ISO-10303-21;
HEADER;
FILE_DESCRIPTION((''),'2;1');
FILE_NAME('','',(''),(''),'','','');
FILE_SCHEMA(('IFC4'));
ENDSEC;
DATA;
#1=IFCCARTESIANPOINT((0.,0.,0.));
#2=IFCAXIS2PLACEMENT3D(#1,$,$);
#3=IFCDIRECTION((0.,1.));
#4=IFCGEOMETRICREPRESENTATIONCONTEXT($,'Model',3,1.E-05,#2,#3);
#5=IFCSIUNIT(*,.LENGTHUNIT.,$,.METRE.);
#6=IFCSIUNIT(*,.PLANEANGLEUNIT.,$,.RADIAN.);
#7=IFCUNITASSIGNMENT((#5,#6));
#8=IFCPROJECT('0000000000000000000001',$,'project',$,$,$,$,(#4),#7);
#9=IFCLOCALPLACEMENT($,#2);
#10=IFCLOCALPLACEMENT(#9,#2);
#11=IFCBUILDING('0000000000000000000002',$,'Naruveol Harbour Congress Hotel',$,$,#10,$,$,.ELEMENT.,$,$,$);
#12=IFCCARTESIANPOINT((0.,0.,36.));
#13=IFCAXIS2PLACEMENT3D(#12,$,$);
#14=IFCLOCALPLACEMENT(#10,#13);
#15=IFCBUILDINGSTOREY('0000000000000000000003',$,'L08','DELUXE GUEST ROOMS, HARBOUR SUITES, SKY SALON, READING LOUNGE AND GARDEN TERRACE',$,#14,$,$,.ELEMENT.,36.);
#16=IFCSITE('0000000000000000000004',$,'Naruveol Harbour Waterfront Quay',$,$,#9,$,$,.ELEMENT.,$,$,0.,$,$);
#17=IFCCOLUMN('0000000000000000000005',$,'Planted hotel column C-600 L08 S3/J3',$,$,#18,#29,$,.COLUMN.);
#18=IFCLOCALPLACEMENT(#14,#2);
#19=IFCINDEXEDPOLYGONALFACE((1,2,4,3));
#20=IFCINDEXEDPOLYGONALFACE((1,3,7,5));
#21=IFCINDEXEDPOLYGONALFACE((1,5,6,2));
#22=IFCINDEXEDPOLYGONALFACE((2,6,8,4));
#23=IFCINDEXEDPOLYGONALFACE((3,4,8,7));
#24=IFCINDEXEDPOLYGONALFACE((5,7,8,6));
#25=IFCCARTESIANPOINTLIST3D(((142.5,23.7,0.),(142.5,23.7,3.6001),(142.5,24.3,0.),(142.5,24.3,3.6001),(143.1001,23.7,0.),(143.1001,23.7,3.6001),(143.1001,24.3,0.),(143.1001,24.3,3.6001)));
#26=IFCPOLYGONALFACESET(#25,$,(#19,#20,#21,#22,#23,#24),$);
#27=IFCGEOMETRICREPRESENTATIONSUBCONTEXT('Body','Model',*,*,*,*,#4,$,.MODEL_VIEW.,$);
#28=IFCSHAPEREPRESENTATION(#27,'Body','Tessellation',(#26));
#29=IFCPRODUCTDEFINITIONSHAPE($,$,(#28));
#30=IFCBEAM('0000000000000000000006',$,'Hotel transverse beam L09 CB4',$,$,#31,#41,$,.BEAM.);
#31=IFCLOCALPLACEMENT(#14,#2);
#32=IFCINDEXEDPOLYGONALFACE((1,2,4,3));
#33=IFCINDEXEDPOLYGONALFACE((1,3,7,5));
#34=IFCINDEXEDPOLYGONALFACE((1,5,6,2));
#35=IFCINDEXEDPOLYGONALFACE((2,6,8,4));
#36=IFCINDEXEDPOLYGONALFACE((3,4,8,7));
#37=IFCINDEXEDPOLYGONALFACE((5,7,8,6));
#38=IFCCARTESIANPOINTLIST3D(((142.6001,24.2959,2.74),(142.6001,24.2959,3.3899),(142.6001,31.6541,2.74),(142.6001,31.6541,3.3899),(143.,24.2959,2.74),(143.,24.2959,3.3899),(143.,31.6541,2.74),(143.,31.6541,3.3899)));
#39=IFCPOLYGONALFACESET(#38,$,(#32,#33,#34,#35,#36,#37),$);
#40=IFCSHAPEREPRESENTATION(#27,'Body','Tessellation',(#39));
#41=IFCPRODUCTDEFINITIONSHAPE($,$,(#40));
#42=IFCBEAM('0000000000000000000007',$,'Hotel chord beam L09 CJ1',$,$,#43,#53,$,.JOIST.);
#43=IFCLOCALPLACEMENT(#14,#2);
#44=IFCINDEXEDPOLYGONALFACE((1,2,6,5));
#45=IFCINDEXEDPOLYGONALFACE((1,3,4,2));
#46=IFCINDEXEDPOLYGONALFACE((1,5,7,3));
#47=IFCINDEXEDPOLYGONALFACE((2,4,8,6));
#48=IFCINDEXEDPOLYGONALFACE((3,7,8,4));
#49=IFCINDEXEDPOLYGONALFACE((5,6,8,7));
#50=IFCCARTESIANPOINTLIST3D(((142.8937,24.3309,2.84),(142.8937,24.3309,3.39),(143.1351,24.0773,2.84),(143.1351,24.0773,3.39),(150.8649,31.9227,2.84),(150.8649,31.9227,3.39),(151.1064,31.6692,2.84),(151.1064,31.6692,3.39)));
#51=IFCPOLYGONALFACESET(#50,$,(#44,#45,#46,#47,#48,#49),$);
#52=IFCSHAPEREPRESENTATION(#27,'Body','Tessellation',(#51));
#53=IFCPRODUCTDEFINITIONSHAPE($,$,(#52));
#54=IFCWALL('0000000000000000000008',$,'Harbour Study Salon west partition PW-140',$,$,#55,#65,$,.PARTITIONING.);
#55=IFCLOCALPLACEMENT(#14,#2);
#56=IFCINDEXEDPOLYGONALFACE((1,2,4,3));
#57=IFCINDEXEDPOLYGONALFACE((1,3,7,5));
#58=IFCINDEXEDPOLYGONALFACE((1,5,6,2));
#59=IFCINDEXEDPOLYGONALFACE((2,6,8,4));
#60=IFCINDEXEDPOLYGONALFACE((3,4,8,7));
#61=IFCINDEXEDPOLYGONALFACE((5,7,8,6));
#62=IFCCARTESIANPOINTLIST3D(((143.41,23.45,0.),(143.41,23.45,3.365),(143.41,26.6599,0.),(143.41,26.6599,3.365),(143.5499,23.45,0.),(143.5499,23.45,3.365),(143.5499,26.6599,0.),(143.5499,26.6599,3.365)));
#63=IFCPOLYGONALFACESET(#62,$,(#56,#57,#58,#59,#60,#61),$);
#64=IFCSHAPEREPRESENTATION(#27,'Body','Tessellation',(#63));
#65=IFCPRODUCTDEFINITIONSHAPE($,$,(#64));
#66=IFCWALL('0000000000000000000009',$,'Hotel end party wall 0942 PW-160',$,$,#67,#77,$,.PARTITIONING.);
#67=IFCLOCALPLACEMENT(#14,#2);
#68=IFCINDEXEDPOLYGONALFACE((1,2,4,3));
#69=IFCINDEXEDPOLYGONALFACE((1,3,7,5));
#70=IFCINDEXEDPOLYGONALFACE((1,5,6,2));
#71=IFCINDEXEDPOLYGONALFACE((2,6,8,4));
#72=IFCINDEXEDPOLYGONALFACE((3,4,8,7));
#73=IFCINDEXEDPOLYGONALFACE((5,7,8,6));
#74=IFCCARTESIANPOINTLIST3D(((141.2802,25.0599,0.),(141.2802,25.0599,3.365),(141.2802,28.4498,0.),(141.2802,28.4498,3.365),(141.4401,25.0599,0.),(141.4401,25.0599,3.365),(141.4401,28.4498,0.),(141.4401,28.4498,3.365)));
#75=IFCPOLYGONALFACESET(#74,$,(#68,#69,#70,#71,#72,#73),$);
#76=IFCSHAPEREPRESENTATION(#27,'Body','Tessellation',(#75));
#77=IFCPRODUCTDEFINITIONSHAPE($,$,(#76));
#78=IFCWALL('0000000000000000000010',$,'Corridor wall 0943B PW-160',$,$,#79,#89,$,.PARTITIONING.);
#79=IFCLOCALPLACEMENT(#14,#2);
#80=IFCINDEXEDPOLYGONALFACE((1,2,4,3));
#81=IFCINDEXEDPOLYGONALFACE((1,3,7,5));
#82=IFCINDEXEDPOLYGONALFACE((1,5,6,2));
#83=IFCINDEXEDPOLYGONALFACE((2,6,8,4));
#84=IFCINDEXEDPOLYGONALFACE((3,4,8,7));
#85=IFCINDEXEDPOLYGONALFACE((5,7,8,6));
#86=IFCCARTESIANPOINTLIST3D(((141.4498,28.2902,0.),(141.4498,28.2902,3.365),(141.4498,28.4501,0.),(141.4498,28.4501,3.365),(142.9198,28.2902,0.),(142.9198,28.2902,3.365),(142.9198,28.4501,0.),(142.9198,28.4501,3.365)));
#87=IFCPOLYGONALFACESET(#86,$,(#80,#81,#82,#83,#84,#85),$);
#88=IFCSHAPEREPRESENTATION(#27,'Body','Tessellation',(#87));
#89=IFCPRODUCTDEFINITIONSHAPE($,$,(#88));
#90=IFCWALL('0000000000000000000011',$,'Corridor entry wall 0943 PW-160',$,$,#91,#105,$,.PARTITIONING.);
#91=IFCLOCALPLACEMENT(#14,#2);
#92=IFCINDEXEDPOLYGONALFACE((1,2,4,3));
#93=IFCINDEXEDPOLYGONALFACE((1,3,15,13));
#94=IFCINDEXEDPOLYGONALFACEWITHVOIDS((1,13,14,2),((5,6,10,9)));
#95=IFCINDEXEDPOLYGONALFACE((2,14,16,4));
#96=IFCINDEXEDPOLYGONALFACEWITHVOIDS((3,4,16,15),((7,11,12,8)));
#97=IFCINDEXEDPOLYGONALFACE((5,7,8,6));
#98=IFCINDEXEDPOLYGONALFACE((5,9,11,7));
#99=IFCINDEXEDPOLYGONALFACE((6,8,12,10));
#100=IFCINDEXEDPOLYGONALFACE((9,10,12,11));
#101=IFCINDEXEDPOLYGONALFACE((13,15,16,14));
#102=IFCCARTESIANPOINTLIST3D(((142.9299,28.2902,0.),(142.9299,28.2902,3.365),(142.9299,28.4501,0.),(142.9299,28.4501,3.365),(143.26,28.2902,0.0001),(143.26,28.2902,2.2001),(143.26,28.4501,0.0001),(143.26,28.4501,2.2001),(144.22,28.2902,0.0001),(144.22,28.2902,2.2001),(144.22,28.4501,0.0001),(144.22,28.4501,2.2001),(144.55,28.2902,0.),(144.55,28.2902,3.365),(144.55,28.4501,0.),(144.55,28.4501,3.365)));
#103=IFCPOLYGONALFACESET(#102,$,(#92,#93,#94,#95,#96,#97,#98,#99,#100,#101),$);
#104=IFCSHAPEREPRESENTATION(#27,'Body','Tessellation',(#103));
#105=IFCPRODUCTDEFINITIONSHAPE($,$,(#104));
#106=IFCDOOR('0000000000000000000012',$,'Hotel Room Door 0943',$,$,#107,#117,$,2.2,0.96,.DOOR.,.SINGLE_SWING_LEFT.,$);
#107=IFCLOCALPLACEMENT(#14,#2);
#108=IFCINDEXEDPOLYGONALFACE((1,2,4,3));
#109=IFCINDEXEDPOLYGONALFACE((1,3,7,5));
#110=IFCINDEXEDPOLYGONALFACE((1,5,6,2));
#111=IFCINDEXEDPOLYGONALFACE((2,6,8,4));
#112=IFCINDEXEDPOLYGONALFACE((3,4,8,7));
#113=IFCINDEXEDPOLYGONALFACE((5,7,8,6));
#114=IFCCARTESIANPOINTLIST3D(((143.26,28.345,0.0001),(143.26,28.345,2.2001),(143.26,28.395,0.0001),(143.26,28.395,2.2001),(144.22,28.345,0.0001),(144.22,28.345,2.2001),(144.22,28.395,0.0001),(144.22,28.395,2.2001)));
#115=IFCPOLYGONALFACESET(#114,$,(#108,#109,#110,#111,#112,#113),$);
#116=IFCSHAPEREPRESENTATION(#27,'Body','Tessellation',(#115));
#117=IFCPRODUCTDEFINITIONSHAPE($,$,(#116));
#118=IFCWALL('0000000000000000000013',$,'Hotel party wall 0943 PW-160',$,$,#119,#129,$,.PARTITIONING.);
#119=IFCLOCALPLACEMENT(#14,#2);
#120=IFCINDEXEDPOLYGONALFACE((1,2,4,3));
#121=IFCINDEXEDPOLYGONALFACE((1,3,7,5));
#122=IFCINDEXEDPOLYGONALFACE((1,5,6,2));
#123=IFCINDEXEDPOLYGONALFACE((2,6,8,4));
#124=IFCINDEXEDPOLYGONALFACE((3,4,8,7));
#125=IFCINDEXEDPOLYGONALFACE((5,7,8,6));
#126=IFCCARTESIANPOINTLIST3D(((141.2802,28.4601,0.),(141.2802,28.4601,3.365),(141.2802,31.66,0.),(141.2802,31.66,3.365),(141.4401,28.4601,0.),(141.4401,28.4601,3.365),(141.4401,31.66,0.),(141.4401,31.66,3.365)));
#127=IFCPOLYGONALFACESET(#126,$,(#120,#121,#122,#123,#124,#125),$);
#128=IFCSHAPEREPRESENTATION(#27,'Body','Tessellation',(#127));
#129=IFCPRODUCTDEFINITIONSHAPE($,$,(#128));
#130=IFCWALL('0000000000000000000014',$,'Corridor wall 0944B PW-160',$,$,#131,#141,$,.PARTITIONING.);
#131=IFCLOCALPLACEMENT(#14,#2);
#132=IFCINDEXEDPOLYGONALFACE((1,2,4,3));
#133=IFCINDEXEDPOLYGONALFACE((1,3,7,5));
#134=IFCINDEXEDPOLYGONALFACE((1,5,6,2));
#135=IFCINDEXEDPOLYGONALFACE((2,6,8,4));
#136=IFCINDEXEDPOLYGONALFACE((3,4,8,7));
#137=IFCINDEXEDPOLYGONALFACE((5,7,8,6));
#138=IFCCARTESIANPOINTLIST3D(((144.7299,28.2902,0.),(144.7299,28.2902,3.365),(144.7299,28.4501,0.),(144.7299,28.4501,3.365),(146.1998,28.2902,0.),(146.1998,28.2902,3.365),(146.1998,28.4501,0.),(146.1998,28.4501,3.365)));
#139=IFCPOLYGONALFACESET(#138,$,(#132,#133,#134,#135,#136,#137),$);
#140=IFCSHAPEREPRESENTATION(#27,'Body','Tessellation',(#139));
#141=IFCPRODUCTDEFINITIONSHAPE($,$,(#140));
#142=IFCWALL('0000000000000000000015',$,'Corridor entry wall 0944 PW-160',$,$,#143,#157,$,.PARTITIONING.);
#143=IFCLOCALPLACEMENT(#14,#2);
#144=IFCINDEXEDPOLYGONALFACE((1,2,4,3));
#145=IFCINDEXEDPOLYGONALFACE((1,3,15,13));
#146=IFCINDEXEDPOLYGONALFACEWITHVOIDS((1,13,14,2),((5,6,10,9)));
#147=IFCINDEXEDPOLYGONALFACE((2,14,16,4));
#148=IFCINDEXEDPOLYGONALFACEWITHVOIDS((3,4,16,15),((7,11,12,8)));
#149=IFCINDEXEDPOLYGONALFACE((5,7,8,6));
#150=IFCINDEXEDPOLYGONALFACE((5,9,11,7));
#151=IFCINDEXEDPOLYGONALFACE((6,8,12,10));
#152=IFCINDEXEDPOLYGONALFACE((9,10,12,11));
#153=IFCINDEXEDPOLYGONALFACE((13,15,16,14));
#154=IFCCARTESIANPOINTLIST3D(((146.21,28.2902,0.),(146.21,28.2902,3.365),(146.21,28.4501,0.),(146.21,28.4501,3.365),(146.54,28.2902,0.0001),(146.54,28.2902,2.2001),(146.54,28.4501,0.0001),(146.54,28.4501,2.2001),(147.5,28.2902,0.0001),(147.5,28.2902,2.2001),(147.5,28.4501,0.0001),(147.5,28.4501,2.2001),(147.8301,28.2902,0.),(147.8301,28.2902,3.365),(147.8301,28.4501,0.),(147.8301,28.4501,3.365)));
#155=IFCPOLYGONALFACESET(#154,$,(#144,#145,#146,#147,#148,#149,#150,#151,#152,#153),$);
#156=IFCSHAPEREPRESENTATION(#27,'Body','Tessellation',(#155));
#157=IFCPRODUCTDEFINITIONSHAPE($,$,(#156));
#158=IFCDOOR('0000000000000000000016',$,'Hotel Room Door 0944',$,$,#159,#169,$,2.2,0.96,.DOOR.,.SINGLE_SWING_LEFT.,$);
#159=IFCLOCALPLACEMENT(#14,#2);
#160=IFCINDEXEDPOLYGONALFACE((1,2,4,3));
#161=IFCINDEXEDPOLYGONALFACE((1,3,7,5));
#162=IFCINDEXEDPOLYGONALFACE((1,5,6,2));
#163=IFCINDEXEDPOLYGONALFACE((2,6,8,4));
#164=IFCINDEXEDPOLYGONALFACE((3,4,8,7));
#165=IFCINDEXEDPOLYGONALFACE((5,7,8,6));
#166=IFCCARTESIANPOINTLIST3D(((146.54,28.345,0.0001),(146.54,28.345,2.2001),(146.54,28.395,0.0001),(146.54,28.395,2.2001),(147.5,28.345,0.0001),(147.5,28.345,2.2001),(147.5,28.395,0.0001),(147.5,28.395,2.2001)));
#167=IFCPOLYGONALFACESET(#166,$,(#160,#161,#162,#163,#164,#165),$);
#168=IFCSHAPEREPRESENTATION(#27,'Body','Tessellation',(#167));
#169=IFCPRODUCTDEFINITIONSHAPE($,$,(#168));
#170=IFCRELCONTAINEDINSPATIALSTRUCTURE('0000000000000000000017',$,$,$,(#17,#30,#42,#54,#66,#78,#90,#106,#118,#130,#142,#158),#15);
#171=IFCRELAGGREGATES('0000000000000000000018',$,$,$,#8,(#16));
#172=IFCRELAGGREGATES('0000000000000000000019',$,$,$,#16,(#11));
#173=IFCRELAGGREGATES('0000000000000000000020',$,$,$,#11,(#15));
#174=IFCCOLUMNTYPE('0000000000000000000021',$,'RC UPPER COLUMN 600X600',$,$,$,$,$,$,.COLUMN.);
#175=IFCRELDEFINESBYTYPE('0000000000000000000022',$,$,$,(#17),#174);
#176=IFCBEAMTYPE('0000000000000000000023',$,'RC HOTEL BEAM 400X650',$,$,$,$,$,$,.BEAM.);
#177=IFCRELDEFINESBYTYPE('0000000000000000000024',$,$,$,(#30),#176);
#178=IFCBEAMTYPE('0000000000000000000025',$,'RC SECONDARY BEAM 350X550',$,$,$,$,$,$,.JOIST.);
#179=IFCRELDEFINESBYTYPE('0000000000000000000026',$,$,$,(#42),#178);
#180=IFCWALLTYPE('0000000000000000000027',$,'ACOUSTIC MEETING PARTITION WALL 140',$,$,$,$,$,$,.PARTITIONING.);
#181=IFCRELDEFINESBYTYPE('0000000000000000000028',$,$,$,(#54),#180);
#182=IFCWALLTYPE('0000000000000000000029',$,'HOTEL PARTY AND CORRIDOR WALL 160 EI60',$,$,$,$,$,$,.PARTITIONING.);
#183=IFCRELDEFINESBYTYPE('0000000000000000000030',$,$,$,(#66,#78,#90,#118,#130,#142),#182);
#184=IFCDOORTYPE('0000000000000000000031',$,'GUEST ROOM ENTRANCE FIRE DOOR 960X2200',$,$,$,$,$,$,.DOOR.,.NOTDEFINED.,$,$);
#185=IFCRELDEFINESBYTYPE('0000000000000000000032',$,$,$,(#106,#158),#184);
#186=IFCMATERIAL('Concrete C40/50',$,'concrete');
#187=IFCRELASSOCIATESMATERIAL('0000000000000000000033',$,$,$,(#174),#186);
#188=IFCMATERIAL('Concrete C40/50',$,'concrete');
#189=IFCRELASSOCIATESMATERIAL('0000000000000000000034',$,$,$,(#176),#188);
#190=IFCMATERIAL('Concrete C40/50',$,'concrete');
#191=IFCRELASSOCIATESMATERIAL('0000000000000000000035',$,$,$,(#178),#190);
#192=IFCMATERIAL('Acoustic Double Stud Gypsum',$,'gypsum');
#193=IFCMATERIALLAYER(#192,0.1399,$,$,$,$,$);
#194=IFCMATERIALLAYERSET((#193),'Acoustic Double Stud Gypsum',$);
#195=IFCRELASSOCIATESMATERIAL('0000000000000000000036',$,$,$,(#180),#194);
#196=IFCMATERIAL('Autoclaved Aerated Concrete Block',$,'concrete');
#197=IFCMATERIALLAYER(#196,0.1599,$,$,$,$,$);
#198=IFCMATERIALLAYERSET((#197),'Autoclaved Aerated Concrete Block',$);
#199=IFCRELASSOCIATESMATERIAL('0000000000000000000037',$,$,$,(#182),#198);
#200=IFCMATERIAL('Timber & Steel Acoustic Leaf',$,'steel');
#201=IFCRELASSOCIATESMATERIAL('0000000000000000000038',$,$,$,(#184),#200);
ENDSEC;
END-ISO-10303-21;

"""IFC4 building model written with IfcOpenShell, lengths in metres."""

from ifc_helpers import new_model, si_unit, direction, frame, frame_2d, origin, origin_2d, place, context, subcontext, project, spatial, rectangle, extrude, material, layer, layer_set, material_profile, profile_set, type_object, element, fill, save


model = new_model("IFC4")

# Units and contexts
model_context = context("Model", 3, precision=1e-05, world=origin(), true_north=direction((0.0, 1.0)))
body_context = subcontext(model_context, "Body", "Model", "MODEL_VIEW")
ifc_project = project(units=[si_unit("LENGTHUNIT", "METRE"), si_unit("PLANEANGLEUNIT", "RADIAN")], contexts=[model_context])

# Site, building, storey
site_placement = place(None, origin())
site = spatial("IfcSite", under=ifc_project, at=site_placement, Name="Naruveol Harbour Waterfront Quay", CompositionType="ELEMENT", RefElevation=0.0)
building_placement = place(site_placement, origin())
building = spatial("IfcBuilding", under=site, at=building_placement, Name="Naruveol Harbour Congress Hotel", CompositionType="ELEMENT")
storey_placement = place(building_placement, frame((0.0, 0.0, 36.0)))
storey = spatial("IfcBuildingStorey", under=building, at=storey_placement, Name="L08", Description="DELUXE GUEST ROOMS, HARBOUR SUITES, SKY SALON, READING LOUNGE AND GARDEN TERRACE", CompositionType="ELEMENT", Elevation=36.0)

# Column
ifc_material_1 = material(Name="Concrete C40/50", Category="concrete")
ifc_material_profile_1 = material_profile(ifc_material_1, rectangle(XDim=0.6001, YDim=0.6001, at=origin_2d()), Name="RC-600x600")
ifc_profile_set_1 = profile_set([ifc_material_profile_1], Name="Concrete C40/50")
column_type = type_object("IfcColumnType", Name="RC UPPER COLUMN 600X600", PredefinedType="COLUMN", material=ifc_profile_set_1)
column_placement = place(storey_placement, frame((142.8, 24.0, 0.0), z_axis=(0.0, 0.0, 1.0), x_axis=(1.0, 0.0, 0.0)))
element("IfcColumn", 1, at=column_placement, inside=storey, type_object=column_type, Name="Planted hotel column C-600 L08 S3/J3", PredefinedType="COLUMN", context=body_context, shape_type="SweptSolid", body=[
    extrude(rectangle(XDim=0.6001, YDim=0.6001, at=origin_2d()), origin(), (0.0, 0.0, 1.0), 3.6001),
])

# Beams
ifc_material_2 = material(Name="Concrete C40/50", Category="concrete")
ifc_material_profile_2 = material_profile(ifc_material_2, rectangle(XDim=0.3999, YDim=0.6499, at=origin_2d()), Name="RCB-400x650")
ifc_profile_set_2 = profile_set([ifc_material_profile_2], Name="Concrete C40/50")
beam_type_1 = type_object("IfcBeamType", Name="RC HOTEL BEAM 400X650", PredefinedType="BEAM", material=ifc_profile_set_2)
beam_1_placement = place(storey_placement, frame((142.8, 24.2959, 3.0649), z_axis=(0.0, 1.0, 0.0), x_axis=(-1.0, 0.0, 0.0)))
element("IfcBeam", 2, at=beam_1_placement, inside=storey, type_object=beam_type_1, Name="Hotel transverse beam L09 CB4", PredefinedType="BEAM", context=body_context, shape_type="SweptSolid", body=[
    extrude(rectangle(XDim=0.3999, YDim=0.6499, at=origin_2d()), origin(), (0.0, 0.0, 1.0), 7.3582),
])
ifc_material_3 = material(Name="Concrete C40/50", Category="concrete")
ifc_material_profile_3 = material_profile(ifc_material_3, rectangle(XDim=0.3501, YDim=0.55, at=origin_2d()), Name="RCB-350x550")
ifc_profile_set_3 = profile_set([ifc_material_profile_3], Name="Concrete C40/50")
beam_type_2 = type_object("IfcBeamType", Name="RC SECONDARY BEAM 350X550", PredefinedType="JOIST", material=ifc_profile_set_3)
beam_2_placement = place(storey_placement, frame((143.0144, 24.2041, 3.115), z_axis=(0.724129, 0.689664, 0.0), x_axis=(-0.689664, 0.724129, 0.0)))
element("IfcBeam", 3, at=beam_2_placement, inside=storey, type_object=beam_type_2, Name="Hotel chord beam L09 CJ1", PredefinedType="JOIST", context=body_context, shape_type="SweptSolid", body=[
    extrude(rectangle(XDim=0.3501, YDim=0.55, at=origin_2d()), origin(), (0.0, 0.0, 1.0), 11.0081),
])

# Shared definitions
ifc_material_4 = material(Name="Acoustic Double Stud Gypsum", Category="gypsum")
ifc_layer_1 = layer(ifc_material_4, 0.1399)
ifc_layer_set_1 = layer_set([ifc_layer_1], Name="Acoustic Double Stud Gypsum")
wall_type_1 = type_object("IfcWallType", Name="ACOUSTIC MEETING PARTITION WALL 140", PredefinedType="PARTITIONING", material=ifc_layer_set_1)

# Wall
wall_1_placement = place(storey_placement, frame((143.48, 23.45, 0.0), z_axis=(0.0, 0.0, 1.0), x_axis=(0.0, 1.0, 0.0)))
element("IfcWall", 4, at=wall_1_placement, inside=storey, type_object=wall_type_1, Name="Harbour Study Salon west partition PW-140", PredefinedType="PARTITIONING", context=body_context, shape_type="SweptSolid", body=[
    extrude(rectangle(XDim=3.21, YDim=0.1399, at=frame_2d((1.605, 0.0))), origin(), (0.0, 0.0, 1.0), 3.365),
])

# Walls
ifc_material_5 = material(Name="Autoclaved Aerated Concrete Block", Category="concrete")
ifc_layer_2 = layer(ifc_material_5, 0.1599)
ifc_layer_set_2 = layer_set([ifc_layer_2], Name="Autoclaved Aerated Concrete Block")
wall_type_2 = type_object("IfcWallType", Name="HOTEL PARTY AND CORRIDOR WALL 160 EI60", PredefinedType="PARTITIONING", material=ifc_layer_set_2)
wall_2_placement = place(storey_placement, frame((141.3601, 25.0601, 0.0), z_axis=(0.0, 0.0, 1.0), x_axis=(0.0, 1.0, 0.0)))
element("IfcWall", 5, at=wall_2_placement, inside=storey, type_object=wall_type_2, Name="Hotel end party wall 0942 PW-160", PredefinedType="PARTITIONING", context=body_context, shape_type="SweptSolid", body=[
    extrude(rectangle(XDim=3.3899, YDim=0.1599, at=frame_2d((1.6948, 0.0))), origin(), (0.0, 0.0, 1.0), 3.365),
])
wall_3_placement = place(storey_placement, frame((141.45, 28.3701, 0.0), z_axis=(0.0, 0.0, 1.0), x_axis=(1.0, 0.0, 0.0)))
element("IfcWall", 6, at=wall_3_placement, inside=storey, type_object=wall_type_2, Name="Corridor wall 0943B PW-160", PredefinedType="PARTITIONING", context=body_context, shape_type="SweptSolid", body=[
    extrude(rectangle(XDim=1.47, YDim=0.1599, at=frame_2d((0.7349, 0.0))), origin(), (0.0, 0.0, 1.0), 3.365),
])

# Wall, opening, door
wall_4_placement = place(storey_placement, frame((142.9299, 28.3701, 0.0), z_axis=(0.0, 0.0, 1.0), x_axis=(1.0, 0.0, 0.0)))
wall_4 = element("IfcWall", 7, at=wall_4_placement, inside=storey, type_object=wall_type_2, Name="Corridor entry wall 0943 PW-160", PredefinedType="PARTITIONING", context=body_context, shape_type="SweptSolid", body=[
    extrude(rectangle(XDim=1.6201, YDim=0.1599, at=frame_2d((0.8101, 0.0))), origin(), (0.0, 0.0, 1.0), 3.365),
])
opening_1_placement = place(wall_4_placement, frame((0.3301, 0.0, 0.0)))
opening_1 = element("IfcOpeningElement", 8, at=opening_1_placement, cuts=wall_4, PredefinedType="OPENING", context=body_context, shape_type="SweptSolid", body=[
    extrude(rectangle(XDim=0.96, YDim=2.2, at=frame_2d((0.48, 1.1001))), frame((0.0, 0.0898, 0.0), z_axis=(0.0, -1.0, 0.0), x_axis=(1.0, 0.0, 0.0)), (0.0, 0.0, 1.0), 0.1799),
])
ifc_material_6 = material(Name="Timber & Steel Acoustic Leaf", Category="steel")
door_type_1 = type_object("IfcDoorType", Name="GUEST ROOM ENTRANCE FIRE DOOR 960X2200", OperationType="NOTDEFINED", PredefinedType="DOOR", material=ifc_material_6)
door_1_placement = place(opening_1_placement, origin())
door_1 = element("IfcDoor", 9, at=door_1_placement, inside=storey, type_object=door_type_1, Name="Hotel Room Door 0943", OperationType="SINGLE_SWING_LEFT", OverallHeight=2.2, OverallWidth=0.96, PredefinedType="DOOR", context=body_context, shape_type="SweptSolid", body=[
    extrude(rectangle(XDim=0.96, YDim=2.2, at=frame_2d((0.48, 1.1001))), frame((0.0, 0.0249, 0.0), z_axis=(0.0, -1.0, 0.0), x_axis=(1.0, 0.0, 0.0)), (0.0, 0.0, 1.0), 0.05),
])
fill(opening_1, door_1)

# Walls
wall_5_placement = place(storey_placement, frame((141.3601, 28.46, 0.0), z_axis=(0.0, 0.0, 1.0), x_axis=(0.0, 1.0, 0.0)))
element("IfcWall", 10, at=wall_5_placement, inside=storey, type_object=wall_type_2, Name="Hotel party wall 0943 PW-160", PredefinedType="PARTITIONING", context=body_context, shape_type="SweptSolid", body=[
    extrude(rectangle(XDim=3.2, YDim=0.1599, at=frame_2d((1.6001, 0.0))), origin(), (0.0, 0.0, 1.0), 3.365),
])
wall_6_placement = place(storey_placement, frame((144.73, 28.3701, 0.0), z_axis=(0.0, 0.0, 1.0), x_axis=(1.0, 0.0, 0.0)))
element("IfcWall", 11, at=wall_6_placement, inside=storey, type_object=wall_type_2, Name="Corridor wall 0944B PW-160", PredefinedType="PARTITIONING", context=body_context, shape_type="SweptSolid", body=[
    extrude(rectangle(XDim=1.47, YDim=0.1599, at=frame_2d((0.7349, 0.0))), origin(), (0.0, 0.0, 1.0), 3.365),
])

# Wall, opening, door
wall_7_placement = place(storey_placement, frame((146.21, 28.3701, 0.0), z_axis=(0.0, 0.0, 1.0), x_axis=(1.0, 0.0, 0.0)))
wall_7 = element("IfcWall", 12, at=wall_7_placement, inside=storey, type_object=wall_type_2, Name="Corridor entry wall 0944 PW-160", PredefinedType="PARTITIONING", context=body_context, shape_type="SweptSolid", body=[
    extrude(rectangle(XDim=1.6201, YDim=0.1599, at=frame_2d((0.8101, 0.0))), origin(), (0.0, 0.0, 1.0), 3.365),
])
opening_2_placement = place(wall_7_placement, frame((0.3301, 0.0, 0.0)))
opening_2 = element("IfcOpeningElement", 13, at=opening_2_placement, cuts=wall_7, PredefinedType="OPENING", context=body_context, shape_type="SweptSolid", body=[
    extrude(rectangle(XDim=0.96, YDim=2.2, at=frame_2d((0.48, 1.1001))), frame((0.0, 0.0898, 0.0), z_axis=(0.0, -1.0, 0.0), x_axis=(1.0, 0.0, 0.0)), (0.0, 0.0, 1.0), 0.1799),
])
door_2_placement = place(opening_2_placement, origin())
door_2 = element("IfcDoor", 14, at=door_2_placement, inside=storey, type_object=door_type_1, Name="Hotel Room Door 0944", OperationType="SINGLE_SWING_LEFT", OverallHeight=2.2, OverallWidth=0.96, PredefinedType="DOOR", context=body_context, shape_type="SweptSolid", body=[
    extrude(rectangle(XDim=0.96, YDim=2.2, at=frame_2d((0.48, 1.1001))), frame((0.0, 0.0249, 0.0), z_axis=(0.0, -1.0, 0.0), x_axis=(1.0, 0.0, 0.0)), (0.0, 0.0, 1.0), 0.05),
])
fill(opening_2, door_2)

save(model, "model.ifc")
